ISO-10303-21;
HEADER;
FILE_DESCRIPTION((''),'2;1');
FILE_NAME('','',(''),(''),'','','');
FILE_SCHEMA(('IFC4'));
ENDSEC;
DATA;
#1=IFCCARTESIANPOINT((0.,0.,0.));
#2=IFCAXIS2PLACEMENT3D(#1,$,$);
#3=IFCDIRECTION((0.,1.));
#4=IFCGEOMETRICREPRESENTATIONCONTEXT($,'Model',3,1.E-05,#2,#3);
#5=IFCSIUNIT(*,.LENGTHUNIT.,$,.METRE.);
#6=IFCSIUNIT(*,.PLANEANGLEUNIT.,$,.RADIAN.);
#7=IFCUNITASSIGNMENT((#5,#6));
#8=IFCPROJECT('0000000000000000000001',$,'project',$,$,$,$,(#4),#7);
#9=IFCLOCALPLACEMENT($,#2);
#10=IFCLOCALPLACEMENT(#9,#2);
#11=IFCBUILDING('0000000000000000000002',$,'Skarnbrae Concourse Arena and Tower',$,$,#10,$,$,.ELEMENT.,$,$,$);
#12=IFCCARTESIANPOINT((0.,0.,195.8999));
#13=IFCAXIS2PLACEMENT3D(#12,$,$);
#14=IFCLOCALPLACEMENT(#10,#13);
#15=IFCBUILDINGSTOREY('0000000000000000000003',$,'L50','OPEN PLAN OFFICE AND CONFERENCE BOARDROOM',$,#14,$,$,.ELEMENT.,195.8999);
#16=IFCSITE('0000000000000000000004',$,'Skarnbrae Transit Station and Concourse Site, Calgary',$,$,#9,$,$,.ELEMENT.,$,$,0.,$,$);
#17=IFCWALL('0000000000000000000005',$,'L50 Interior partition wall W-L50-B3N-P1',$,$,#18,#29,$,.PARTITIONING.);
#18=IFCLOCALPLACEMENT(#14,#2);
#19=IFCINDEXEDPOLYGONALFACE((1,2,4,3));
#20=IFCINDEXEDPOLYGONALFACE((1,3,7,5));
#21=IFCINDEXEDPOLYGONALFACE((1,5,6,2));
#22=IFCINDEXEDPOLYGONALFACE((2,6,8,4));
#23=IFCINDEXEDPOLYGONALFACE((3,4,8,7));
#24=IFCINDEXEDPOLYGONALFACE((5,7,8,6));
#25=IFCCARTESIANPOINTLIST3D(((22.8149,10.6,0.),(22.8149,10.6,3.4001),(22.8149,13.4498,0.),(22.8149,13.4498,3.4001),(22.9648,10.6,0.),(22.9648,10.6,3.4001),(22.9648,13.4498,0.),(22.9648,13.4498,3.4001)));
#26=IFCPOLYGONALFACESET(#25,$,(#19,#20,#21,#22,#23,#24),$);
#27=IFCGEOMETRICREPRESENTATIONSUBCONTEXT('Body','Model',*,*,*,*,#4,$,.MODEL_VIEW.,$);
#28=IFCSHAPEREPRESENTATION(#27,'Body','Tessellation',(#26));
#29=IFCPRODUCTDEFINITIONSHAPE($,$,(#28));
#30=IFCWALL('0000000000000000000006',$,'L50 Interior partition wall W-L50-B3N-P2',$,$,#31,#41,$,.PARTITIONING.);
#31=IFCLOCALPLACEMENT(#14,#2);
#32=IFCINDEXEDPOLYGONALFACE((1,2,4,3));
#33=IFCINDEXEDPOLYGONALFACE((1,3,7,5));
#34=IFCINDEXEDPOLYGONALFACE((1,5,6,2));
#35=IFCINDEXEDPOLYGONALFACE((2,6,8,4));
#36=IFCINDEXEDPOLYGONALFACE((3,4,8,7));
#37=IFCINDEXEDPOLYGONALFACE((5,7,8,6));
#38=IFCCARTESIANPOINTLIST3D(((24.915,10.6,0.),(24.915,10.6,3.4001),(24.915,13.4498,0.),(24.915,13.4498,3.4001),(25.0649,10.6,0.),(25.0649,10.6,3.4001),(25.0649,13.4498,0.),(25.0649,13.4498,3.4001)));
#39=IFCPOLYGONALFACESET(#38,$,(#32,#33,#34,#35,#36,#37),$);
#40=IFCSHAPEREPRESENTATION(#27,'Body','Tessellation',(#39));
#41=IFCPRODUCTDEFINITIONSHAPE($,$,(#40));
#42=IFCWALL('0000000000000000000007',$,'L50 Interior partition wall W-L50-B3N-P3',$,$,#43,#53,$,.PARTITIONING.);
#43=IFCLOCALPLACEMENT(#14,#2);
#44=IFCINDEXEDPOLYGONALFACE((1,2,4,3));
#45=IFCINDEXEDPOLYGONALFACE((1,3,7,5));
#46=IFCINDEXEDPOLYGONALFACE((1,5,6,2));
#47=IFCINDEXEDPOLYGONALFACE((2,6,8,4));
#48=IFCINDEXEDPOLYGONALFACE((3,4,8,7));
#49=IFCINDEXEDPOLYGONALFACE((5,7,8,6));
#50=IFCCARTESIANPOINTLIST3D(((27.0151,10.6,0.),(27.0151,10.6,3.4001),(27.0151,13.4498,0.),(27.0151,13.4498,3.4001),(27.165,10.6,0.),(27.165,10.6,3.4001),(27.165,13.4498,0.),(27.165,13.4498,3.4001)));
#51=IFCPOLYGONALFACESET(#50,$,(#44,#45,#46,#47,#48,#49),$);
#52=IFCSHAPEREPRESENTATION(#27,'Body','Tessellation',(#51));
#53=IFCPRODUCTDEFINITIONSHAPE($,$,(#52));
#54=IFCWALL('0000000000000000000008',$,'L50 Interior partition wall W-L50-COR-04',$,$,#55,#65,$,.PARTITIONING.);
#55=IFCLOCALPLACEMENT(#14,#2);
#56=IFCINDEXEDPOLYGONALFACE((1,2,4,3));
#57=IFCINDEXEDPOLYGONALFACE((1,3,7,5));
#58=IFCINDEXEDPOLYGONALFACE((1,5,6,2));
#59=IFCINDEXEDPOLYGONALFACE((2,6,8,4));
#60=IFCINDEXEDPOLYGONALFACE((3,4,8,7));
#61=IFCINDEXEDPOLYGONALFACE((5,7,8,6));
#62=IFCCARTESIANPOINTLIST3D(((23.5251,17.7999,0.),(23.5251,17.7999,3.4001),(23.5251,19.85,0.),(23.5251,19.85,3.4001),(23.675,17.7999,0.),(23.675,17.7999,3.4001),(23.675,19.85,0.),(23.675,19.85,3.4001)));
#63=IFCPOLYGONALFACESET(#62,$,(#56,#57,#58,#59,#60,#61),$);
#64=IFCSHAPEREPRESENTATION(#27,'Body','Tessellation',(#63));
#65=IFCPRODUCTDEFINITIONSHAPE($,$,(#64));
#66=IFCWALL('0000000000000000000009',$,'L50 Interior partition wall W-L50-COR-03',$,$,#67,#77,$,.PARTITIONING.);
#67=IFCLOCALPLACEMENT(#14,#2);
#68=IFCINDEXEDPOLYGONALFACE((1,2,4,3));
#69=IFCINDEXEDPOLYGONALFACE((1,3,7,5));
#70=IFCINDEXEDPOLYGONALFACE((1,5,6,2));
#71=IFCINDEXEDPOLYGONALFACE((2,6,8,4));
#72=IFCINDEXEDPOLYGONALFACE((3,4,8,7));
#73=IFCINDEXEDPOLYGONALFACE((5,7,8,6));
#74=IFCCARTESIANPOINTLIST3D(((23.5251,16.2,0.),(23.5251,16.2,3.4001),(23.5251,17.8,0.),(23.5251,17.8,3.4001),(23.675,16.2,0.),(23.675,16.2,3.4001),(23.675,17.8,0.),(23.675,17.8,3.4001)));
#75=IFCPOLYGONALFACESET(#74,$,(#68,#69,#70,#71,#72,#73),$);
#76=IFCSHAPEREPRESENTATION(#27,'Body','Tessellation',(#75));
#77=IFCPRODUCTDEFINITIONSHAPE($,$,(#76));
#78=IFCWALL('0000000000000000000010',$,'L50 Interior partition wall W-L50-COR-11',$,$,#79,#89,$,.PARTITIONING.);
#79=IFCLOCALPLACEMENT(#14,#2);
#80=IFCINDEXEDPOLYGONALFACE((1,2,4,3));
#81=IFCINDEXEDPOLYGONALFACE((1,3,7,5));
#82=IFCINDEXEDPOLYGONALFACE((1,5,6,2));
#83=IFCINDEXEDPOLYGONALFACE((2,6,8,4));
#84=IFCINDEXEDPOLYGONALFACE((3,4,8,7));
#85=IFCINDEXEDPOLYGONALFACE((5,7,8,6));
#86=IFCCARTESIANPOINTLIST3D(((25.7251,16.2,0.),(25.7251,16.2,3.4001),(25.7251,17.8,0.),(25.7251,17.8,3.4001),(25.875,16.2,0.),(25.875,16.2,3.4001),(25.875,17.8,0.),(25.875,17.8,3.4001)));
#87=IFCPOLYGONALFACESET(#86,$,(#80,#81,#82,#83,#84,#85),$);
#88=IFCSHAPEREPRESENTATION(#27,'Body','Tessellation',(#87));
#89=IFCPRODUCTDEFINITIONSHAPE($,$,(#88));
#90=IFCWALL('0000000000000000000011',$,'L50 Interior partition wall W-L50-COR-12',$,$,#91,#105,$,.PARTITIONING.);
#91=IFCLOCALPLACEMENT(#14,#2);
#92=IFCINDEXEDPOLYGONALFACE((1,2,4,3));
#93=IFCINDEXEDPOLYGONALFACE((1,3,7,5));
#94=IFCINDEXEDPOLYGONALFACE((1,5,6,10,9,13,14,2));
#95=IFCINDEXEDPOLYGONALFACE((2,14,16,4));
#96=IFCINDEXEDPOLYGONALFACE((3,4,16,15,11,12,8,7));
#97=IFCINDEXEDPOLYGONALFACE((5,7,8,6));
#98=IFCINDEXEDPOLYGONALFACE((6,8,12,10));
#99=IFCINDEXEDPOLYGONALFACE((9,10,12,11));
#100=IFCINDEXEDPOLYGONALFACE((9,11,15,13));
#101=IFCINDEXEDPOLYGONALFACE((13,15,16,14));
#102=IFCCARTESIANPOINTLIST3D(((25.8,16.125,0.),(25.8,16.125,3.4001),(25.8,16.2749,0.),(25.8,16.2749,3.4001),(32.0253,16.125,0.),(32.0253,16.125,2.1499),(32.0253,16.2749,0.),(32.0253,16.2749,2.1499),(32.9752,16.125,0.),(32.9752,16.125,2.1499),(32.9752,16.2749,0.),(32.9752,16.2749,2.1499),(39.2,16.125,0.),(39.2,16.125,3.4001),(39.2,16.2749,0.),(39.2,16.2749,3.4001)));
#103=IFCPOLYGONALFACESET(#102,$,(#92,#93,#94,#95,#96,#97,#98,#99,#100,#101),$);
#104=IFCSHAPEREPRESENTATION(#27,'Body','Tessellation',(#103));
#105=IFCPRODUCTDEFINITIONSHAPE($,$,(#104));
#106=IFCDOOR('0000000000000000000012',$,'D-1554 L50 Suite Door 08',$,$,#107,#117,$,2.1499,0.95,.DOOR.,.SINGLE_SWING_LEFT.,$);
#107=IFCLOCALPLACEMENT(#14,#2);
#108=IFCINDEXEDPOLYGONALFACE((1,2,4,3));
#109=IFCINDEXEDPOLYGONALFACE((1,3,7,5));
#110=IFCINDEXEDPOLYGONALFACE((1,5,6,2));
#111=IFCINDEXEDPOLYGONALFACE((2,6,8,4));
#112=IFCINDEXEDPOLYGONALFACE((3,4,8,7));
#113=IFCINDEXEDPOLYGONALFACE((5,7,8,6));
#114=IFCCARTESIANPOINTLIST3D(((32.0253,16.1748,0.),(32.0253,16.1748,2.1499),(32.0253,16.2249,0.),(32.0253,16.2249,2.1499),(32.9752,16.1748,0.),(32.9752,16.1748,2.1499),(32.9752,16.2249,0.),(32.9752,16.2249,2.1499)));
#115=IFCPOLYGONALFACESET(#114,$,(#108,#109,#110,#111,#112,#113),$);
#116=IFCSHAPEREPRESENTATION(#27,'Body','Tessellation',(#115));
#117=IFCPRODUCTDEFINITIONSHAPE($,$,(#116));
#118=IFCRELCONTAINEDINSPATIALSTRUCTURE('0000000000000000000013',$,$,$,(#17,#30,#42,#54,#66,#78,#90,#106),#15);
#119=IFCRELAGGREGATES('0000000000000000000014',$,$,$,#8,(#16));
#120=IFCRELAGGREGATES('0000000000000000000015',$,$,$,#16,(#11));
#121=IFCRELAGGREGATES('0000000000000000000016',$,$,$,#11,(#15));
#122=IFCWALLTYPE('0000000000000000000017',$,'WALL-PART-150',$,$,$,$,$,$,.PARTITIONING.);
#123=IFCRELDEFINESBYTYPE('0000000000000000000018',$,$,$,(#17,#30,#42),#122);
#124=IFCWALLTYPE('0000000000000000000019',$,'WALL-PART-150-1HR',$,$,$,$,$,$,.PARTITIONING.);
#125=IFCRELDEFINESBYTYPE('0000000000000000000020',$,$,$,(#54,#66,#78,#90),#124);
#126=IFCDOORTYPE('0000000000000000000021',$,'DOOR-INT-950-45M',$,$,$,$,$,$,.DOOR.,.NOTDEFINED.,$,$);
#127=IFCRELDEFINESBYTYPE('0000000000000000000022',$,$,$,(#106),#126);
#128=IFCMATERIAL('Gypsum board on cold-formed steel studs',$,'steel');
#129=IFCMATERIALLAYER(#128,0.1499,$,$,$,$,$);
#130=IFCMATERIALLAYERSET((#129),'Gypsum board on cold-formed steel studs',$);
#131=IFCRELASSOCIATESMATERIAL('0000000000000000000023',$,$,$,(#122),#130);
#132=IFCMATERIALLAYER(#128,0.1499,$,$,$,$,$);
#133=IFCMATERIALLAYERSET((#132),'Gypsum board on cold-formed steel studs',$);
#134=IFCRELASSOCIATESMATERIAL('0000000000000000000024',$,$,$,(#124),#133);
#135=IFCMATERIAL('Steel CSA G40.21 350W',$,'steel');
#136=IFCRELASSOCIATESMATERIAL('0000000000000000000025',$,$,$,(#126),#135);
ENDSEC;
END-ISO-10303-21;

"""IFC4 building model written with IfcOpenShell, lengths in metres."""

from ifc_helpers import new_model, si_unit, direction, frame, frame_2d, origin, place, context, subcontext, project, spatial, rectangle, extrude, source, transform, mapped, material, layer, layer_set, type_object, element, fill, save


model = new_model("IFC4")

# Units and contexts
model_context = context("Model", 3, precision=1e-05, world=origin(), true_north=direction((0.0, 1.0)))
body_context = subcontext(model_context, "Body", "Model", "MODEL_VIEW")
ifc_project = project(units=[si_unit("LENGTHUNIT", "METRE"), si_unit("PLANEANGLEUNIT", "RADIAN")], contexts=[model_context])

# Site, building, storey
site_placement = place(None, origin())
site = spatial("IfcSite", under=ifc_project, at=site_placement, Name="Skarnbrae Transit Station and Concourse Site, Calgary", CompositionType="ELEMENT", RefElevation=0.0)
building_placement = place(site_placement, origin())
building = spatial("IfcBuilding", under=site, at=building_placement, Name="Skarnbrae Concourse Arena and Tower", CompositionType="ELEMENT")
storey_placement = place(building_placement, frame((0.0, 0.0, 195.8999)))
storey = spatial("IfcBuildingStorey", under=building, at=storey_placement, Name="L50", Description="OPEN PLAN OFFICE AND CONFERENCE BOARDROOM", CompositionType="ELEMENT", Elevation=195.8999)

# Shared definitions
ifc_material_1 = material(Name="Steel CSA G40.21 350W", Category="steel")

# Walls
ifc_material_2 = material(Name="Gypsum board on cold-formed steel studs", Category="steel")
ifc_layer_1 = layer(ifc_material_2, 0.1499)
ifc_layer_set_1 = layer_set([ifc_layer_1], Name="Gypsum board on cold-formed steel studs")
wall_type_1 = type_object("IfcWallType", Name="WALL-PART-150", PredefinedType="PARTITIONING", material=ifc_layer_set_1)
shared_shape_1 = source(origin(), body_context, "Body", "SweptSolid", [
    extrude(rectangle(XDim=2.8499, YDim=0.1499, at=frame_2d((1.4248, 0.0))), origin(), (0.0, 0.0, 1.0), 3.4001),
])
for number, where, z_axis, x_axis, name in (
    (1, (22.8899, 10.6001, 0.0), (0.0, 0.0, 1.0), (0.0, 1.0, 0.0), "L50 Interior partition wall W-L50-B3N-P1"),
    (2, (24.99, 10.6001, 0.0), (0.0, 0.0, 1.0), (0.0, 1.0, 0.0), "L50 Interior partition wall W-L50-B3N-P2"),
    (3, (27.0901, 10.6001, 0.0), (0.0, 0.0, 1.0), (0.0, 1.0, 0.0), "L50 Interior partition wall W-L50-B3N-P3"),
):
    element("IfcWall", number, at=place(storey_placement, frame(where, z_axis=z_axis, x_axis=x_axis)), inside=storey, type_object=wall_type_1, Name=name, PredefinedType="PARTITIONING", context=body_context, shape_type="MappedRepresentation", body=[
        mapped(shared_shape_1, transform((0.0, 0.0, 0.0))),
    ])
ifc_layer_2 = layer(ifc_material_2, 0.1499)
ifc_layer_set_2 = layer_set([ifc_layer_2], Name="Gypsum board on cold-formed steel studs")
wall_type_2 = type_object("IfcWallType", Name="WALL-PART-150-1HR", PredefinedType="PARTITIONING", material=ifc_layer_set_2)
shared_shape_2 = source(origin(), body_context, "Body", "SweptSolid", [
    extrude(rectangle(XDim=2.05, YDim=0.1499, at=frame_2d((1.0249, 0.0))), origin(), (0.0, 0.0, 1.0), 3.4001),
])
wall_1_placement = place(storey_placement, frame((23.6001, 17.8, 0.0), z_axis=(0.0, 0.0, 1.0), x_axis=(0.0, 1.0, 0.0)))
element("IfcWall", 4, at=wall_1_placement, inside=storey, type_object=wall_type_2, Name="L50 Interior partition wall W-L50-COR-04", PredefinedType="PARTITIONING", context=body_context, shape_type="MappedRepresentation", body=[
    mapped(shared_shape_2, transform((0.0, 0.0, 0.0))),
])
shared_shape_3 = source(origin(), body_context, "Body", "SweptSolid", [
    extrude(rectangle(XDim=1.6001, YDim=0.1499, at=frame_2d((0.8, 0.0))), origin(), (0.0, 0.0, 1.0), 3.4001),
])
for number, where, z_axis, x_axis, name in (
    (5, (23.6001, 16.2, 0.0), (0.0, 0.0, 1.0), (0.0, 1.0, 0.0), "L50 Interior partition wall W-L50-COR-03"),
    (6, (25.8, 17.8, 0.0), (0.0, 0.0, 1.0), (0.0, -1.0, 0.0), "L50 Interior partition wall W-L50-COR-11"),
):
    element("IfcWall", number, at=place(storey_placement, frame(where, z_axis=z_axis, x_axis=x_axis)), inside=storey, type_object=wall_type_2, Name=name, PredefinedType="PARTITIONING", context=body_context, shape_type="MappedRepresentation", body=[
        mapped(shared_shape_3, transform((0.0, 0.0, 0.0))),
    ])

# Wall, opening, door
shared_shape_4 = source(origin(), body_context, "Body", "SweptSolid", [
    extrude(rectangle(XDim=13.3999, YDim=0.1499, at=frame_2d((6.7, 0.0))), origin(), (0.0, 0.0, 1.0), 3.4001),
])
wall_2_placement = place(storey_placement, frame((25.8, 16.2, 0.0), z_axis=(0.0, 0.0, 1.0), x_axis=(1.0, 0.0, 0.0)))
wall_2 = element("IfcWall", 7, at=wall_2_placement, inside=storey, type_object=wall_type_2, Name="L50 Interior partition wall W-L50-COR-12", PredefinedType="PARTITIONING", context=body_context, shape_type="MappedRepresentation", body=[
    mapped(shared_shape_4, transform((0.0, 0.0, 0.0))),
])
opening_1_placement = place(wall_2_placement, frame((6.2251, 0.0, 0.0)))
opening_1 = element("IfcOpeningElement", 8, at=opening_1_placement, cuts=wall_2, PredefinedType="OPENING", context=body_context, shape_type="SweptSolid", body=[
    extrude(rectangle(XDim=0.95, YDim=2.1499, at=frame_2d((0.4751, 1.075))), frame((0.0, 0.085, 0.0), z_axis=(0.0, -1.0, 0.0), x_axis=(1.0, 0.0, 0.0)), (0.0, 0.0, 1.0), 0.1699),
])
door_type_1 = type_object("IfcDoorType", Name="DOOR-INT-950-45M", OperationType="NOTDEFINED", PredefinedType="DOOR", material=ifc_material_1)
shared_shape_5 = source(origin(), body_context, "Body", "SweptSolid", [
    extrude(rectangle(XDim=0.95, YDim=2.1499, at=frame_2d((0.4751, 1.075))), frame((0.0, 0.0249, 0.0), z_axis=(0.0, -1.0, 0.0), x_axis=(1.0, 0.0, 0.0)), (0.0, 0.0, 1.0), 0.05),
])
door_1_placement = place(opening_1_placement, origin())
door_1 = element("IfcDoor", 9, at=door_1_placement, inside=storey, type_object=door_type_1, Name="D-1554 L50 Suite Door 08", OperationType="SINGLE_SWING_LEFT", OverallHeight=2.1499, OverallWidth=0.95, PredefinedType="DOOR", context=body_context, shape_type="MappedRepresentation", body=[
    mapped(shared_shape_5, transform((0.0, 0.0, 0.0))),
])
fill(opening_1, door_1)

save(model, "model.ifc")
